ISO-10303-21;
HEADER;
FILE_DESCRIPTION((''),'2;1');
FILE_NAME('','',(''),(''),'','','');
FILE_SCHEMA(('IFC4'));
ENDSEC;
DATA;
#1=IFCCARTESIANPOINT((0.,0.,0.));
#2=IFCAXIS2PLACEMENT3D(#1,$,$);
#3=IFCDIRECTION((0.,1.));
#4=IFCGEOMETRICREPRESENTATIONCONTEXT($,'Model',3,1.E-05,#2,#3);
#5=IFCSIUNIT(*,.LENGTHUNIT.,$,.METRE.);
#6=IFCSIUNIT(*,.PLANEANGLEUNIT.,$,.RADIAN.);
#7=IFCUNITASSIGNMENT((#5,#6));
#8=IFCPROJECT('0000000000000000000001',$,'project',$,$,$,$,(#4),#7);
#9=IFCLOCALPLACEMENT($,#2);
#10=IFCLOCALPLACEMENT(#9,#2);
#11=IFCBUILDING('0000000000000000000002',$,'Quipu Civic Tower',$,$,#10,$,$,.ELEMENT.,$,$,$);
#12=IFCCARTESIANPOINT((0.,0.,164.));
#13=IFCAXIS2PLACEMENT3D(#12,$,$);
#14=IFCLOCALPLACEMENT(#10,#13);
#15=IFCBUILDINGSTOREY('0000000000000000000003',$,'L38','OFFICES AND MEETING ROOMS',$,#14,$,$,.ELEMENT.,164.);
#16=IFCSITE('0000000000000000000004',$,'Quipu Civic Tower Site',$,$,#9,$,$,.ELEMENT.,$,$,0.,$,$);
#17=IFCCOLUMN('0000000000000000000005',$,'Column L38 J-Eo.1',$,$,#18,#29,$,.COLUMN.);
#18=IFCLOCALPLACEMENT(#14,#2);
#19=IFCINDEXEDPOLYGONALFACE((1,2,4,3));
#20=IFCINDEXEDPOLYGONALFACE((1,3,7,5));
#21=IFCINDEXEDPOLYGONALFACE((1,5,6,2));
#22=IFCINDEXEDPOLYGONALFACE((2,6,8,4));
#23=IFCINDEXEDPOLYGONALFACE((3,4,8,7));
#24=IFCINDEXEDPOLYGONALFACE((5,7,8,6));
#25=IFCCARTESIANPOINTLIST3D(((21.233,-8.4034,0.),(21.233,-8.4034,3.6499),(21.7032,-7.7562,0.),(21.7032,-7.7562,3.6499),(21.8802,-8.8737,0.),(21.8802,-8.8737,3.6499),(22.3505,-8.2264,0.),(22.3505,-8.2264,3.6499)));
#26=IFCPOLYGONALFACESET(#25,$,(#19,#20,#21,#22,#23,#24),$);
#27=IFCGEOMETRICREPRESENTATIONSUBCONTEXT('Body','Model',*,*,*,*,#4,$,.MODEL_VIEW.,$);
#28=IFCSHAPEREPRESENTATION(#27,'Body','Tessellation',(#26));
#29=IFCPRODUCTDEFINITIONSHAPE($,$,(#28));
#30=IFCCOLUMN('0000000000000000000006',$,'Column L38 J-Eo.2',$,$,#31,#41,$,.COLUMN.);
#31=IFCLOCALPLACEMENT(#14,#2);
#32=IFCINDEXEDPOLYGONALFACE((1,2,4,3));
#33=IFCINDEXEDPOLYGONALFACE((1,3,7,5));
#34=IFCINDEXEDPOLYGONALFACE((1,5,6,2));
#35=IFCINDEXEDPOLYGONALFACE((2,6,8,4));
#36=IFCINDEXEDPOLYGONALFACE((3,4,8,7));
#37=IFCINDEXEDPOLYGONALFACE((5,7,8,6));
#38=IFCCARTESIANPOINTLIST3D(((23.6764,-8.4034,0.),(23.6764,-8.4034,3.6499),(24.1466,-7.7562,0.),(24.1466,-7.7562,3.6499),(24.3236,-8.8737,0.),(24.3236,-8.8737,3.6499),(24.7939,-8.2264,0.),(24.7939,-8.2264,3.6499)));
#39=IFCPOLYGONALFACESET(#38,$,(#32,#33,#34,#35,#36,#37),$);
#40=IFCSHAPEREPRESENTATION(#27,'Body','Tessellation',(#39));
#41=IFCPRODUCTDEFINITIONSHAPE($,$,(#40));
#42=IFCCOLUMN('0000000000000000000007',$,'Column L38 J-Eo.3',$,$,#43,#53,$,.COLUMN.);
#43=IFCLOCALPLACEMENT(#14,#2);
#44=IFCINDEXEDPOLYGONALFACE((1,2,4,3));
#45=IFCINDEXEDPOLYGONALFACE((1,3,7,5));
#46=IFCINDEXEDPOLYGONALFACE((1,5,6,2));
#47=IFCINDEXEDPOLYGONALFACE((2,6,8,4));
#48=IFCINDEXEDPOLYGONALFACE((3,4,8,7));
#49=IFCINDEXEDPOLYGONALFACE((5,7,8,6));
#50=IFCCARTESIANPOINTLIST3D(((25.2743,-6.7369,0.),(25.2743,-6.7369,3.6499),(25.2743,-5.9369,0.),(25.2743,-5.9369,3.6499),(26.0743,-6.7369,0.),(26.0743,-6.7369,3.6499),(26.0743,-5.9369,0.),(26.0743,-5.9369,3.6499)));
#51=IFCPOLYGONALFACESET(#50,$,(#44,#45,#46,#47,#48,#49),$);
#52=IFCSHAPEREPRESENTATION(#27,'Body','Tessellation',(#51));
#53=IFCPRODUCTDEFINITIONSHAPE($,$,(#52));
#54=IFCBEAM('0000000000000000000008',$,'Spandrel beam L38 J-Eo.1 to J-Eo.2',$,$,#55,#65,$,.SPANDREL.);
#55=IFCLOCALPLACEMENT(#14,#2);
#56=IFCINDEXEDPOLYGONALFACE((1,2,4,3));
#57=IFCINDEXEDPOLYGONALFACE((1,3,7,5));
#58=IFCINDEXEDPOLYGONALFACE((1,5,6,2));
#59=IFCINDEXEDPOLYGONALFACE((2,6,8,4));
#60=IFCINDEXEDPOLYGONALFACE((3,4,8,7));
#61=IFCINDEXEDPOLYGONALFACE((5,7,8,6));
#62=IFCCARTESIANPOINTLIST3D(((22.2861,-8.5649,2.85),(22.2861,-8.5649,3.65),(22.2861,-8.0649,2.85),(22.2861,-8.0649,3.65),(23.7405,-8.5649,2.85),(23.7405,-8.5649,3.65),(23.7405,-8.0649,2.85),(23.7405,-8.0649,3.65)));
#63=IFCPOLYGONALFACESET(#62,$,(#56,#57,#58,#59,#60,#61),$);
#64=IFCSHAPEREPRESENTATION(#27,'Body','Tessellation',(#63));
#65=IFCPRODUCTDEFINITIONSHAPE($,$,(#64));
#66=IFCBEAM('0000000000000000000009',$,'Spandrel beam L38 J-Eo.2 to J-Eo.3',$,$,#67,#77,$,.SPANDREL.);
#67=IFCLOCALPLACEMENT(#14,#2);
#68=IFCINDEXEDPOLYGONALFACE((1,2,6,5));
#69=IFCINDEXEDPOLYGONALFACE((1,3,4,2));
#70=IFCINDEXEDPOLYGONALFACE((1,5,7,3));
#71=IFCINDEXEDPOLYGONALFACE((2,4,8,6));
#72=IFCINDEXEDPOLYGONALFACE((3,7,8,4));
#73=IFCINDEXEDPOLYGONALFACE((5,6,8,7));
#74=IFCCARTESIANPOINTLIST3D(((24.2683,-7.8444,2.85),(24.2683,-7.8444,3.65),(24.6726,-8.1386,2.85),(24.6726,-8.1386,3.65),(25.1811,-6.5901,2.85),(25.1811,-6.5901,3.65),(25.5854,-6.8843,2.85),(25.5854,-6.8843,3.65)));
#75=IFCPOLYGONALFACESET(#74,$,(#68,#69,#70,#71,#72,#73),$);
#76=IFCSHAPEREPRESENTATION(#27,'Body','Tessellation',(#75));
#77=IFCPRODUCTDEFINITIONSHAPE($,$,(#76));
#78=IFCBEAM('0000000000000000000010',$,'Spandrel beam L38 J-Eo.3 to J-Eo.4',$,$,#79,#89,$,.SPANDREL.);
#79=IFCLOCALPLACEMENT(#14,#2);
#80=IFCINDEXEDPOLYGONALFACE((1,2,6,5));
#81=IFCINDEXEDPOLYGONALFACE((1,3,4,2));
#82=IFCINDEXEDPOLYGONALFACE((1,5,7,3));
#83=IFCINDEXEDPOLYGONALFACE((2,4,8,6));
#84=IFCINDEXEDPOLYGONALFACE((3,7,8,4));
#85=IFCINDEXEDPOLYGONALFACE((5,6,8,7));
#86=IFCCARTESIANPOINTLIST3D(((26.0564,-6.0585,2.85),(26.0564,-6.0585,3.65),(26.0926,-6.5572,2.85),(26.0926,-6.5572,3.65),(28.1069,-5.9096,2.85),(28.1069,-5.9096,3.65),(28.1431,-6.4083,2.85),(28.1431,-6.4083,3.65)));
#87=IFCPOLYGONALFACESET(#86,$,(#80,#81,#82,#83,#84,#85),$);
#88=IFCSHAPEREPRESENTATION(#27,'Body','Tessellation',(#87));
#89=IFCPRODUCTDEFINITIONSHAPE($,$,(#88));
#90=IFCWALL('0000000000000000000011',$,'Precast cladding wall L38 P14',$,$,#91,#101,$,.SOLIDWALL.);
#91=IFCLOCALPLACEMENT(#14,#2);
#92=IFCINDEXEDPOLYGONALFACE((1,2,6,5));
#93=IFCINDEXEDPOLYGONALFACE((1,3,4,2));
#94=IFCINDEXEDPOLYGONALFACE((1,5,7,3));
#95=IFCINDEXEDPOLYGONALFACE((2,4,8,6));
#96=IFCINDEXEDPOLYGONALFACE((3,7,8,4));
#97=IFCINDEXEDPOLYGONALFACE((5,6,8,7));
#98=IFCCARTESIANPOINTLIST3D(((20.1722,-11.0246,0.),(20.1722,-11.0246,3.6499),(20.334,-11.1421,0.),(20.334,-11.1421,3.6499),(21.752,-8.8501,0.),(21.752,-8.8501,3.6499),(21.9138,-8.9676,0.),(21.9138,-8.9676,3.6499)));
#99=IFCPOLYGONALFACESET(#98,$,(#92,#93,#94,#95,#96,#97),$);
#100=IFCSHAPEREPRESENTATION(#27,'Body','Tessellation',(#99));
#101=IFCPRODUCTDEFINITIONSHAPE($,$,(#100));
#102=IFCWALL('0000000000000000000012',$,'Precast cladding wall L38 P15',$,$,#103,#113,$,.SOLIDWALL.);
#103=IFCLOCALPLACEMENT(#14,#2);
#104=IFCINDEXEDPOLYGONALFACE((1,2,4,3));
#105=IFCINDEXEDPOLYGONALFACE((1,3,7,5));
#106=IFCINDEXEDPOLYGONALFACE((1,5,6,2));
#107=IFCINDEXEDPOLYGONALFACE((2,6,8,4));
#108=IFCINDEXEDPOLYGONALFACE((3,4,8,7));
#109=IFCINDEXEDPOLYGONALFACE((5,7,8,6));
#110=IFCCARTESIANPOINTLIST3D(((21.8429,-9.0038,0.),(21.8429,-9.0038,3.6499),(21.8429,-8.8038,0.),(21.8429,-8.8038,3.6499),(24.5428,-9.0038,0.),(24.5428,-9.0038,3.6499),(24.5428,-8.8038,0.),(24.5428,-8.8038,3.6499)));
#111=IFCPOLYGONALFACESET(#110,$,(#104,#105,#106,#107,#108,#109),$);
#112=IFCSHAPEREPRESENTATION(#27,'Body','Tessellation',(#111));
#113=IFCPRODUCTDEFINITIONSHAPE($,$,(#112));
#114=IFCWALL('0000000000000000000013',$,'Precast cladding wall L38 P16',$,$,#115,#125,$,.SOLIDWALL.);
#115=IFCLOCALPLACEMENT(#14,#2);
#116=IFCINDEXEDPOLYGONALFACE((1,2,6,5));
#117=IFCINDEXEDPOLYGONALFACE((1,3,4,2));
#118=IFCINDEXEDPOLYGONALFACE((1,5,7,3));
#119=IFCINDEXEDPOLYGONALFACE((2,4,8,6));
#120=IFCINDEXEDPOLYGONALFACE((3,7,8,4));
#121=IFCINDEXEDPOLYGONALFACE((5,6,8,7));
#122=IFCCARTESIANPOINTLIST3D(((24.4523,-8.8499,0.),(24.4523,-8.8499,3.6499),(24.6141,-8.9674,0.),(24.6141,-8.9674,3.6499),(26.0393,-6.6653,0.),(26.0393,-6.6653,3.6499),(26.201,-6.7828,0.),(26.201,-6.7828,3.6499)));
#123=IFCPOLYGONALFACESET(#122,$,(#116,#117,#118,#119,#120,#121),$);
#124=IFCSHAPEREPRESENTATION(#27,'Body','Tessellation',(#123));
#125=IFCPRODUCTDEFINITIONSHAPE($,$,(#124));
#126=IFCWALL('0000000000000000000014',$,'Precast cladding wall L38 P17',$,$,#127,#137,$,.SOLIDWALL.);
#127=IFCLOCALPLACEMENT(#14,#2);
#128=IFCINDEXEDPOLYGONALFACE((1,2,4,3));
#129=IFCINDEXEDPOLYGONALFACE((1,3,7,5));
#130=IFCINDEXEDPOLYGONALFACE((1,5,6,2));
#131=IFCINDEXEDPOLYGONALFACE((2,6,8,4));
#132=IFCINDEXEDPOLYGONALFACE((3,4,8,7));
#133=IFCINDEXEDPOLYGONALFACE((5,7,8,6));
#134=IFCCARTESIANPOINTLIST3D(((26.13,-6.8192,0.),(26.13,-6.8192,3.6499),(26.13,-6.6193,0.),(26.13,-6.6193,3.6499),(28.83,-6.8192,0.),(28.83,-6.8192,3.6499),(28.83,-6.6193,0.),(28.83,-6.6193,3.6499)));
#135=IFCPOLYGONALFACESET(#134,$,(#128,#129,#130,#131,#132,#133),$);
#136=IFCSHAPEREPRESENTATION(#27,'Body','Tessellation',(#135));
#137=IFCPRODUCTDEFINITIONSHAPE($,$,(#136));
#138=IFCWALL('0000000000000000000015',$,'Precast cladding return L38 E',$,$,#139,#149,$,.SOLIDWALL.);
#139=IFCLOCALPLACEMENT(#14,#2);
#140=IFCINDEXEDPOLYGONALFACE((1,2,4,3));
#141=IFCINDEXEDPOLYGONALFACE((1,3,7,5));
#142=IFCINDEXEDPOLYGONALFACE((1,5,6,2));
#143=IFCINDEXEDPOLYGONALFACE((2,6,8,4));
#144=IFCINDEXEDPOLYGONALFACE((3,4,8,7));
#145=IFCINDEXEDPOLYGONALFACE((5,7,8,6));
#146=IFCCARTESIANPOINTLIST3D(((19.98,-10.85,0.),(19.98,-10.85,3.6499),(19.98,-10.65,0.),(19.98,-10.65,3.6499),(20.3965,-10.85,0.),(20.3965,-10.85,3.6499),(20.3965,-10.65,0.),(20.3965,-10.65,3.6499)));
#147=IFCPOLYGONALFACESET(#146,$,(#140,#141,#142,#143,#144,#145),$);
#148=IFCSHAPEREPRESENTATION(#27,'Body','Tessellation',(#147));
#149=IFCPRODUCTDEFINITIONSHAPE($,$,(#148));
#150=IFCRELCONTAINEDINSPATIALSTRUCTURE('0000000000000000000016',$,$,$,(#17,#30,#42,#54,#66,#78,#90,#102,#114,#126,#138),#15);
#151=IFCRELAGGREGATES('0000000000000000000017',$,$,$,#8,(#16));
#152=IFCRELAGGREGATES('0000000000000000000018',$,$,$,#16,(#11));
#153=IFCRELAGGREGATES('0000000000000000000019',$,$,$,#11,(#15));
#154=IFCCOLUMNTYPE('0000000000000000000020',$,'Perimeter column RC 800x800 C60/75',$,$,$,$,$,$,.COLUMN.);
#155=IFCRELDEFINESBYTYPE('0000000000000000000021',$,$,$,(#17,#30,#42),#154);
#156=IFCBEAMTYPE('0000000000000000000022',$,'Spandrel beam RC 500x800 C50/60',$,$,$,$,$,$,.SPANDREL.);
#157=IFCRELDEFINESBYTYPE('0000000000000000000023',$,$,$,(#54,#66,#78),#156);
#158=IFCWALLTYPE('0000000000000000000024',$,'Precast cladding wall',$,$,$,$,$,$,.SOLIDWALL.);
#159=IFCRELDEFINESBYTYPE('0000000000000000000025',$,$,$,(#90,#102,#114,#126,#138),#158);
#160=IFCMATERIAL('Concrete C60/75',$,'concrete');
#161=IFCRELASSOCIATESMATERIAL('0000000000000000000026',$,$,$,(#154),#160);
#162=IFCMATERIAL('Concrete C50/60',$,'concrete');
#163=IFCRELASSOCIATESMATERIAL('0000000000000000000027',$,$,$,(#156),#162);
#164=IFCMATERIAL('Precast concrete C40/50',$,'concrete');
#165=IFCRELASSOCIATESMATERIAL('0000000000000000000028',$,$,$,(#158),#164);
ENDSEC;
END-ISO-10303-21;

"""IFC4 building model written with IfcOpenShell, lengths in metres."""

from ifc_helpers import new_model, si_unit, direction, frame, frame_2d, origin, origin_2d, place, context, subcontext, project, spatial, rectangle, extrude, material, material_profile, profile_set, type_object, element, save


model = new_model("IFC4")

# Units and contexts
model_context = context("Model", 3, precision=1e-05, world=origin(), true_north=direction((0.0, 1.0)))
body_context = subcontext(model_context, "Body", "Model", "MODEL_VIEW")
ifc_project = project(units=[si_unit("LENGTHUNIT", "METRE"), si_unit("PLANEANGLEUNIT", "RADIAN")], contexts=[model_context])

# Site, building, storey
site_placement = place(None, origin())
site = spatial("IfcSite", under=ifc_project, at=site_placement, Name="Quipu Civic Tower Site", CompositionType="ELEMENT", RefElevation=0.0)
building_placement = place(site_placement, origin())
building = spatial("IfcBuilding", under=site, at=building_placement, Name="Quipu Civic Tower", CompositionType="ELEMENT")
storey_placement = place(building_placement, frame((0.0, 0.0, 164.0)))
storey = spatial("IfcBuildingStorey", under=building, at=storey_placement, Name="L38", Description="OFFICES AND MEETING ROOMS", CompositionType="ELEMENT", Elevation=164.0)

# Columns
ifc_material_1 = material(Name="Concrete C60/75", Category="concrete")
ifc_material_profile_1 = material_profile(ifc_material_1, rectangle(XDim=0.8, YDim=0.8, at=origin_2d()), Name="RC800x800")
ifc_profile_set_1 = profile_set([ifc_material_profile_1], Name="Concrete C60/75")
column_type = type_object("IfcColumnType", Name="Perimeter column RC 800x800 C60/75", PredefinedType="COLUMN", material=ifc_profile_set_1)
for number, where, z_axis, x_axis, name in (
    (1, (21.7917, -8.3149, 0.0), (0.0, 0.0, 1.0), (0.587785, 0.809017, 0.0), "Column L38 J-Eo.1"),
    (2, (24.2351, -8.3149, 0.0), (0.0, 0.0, 1.0), (0.587785, 0.809017, 0.0), "Column L38 J-Eo.2"),
    (3, (25.6743, -6.3369, 0.0), (0.0, 0.0, 1.0), (1.0, 0.0, 0.0), "Column L38 J-Eo.3"),
):
    element("IfcColumn", number, at=place(storey_placement, frame(where, z_axis=z_axis, x_axis=x_axis)), inside=storey, type_object=column_type, Name=name, PredefinedType="COLUMN", context=body_context, shape_type="SweptSolid", body=[
        extrude(rectangle(XDim=0.8, YDim=0.8, at=origin_2d()), origin(), (0.0, 0.0, 1.0), 3.6499),
    ])

# Beams
ifc_material_2 = material(Name="Concrete C50/60", Category="concrete")
ifc_material_profile_2 = material_profile(ifc_material_2, rectangle(XDim=0.5, YDim=0.8, at=origin_2d()), Name="RC500x800")
ifc_profile_set_2 = profile_set([ifc_material_profile_2], Name="Concrete C50/60")
beam_type = type_object("IfcBeamType", Name="Spandrel beam RC 500x800 C50/60", PredefinedType="SPANDREL", material=ifc_profile_set_2)
beam_1_placement = place(storey_placement, frame((22.2861, -8.3149, 3.25), z_axis=(1.0, 0.0, 0.0), x_axis=(0.0, 1.0, 0.0)))
element("IfcBeam", 4, at=beam_1_placement, inside=storey, type_object=beam_type, Name="Spandrel beam L38 J-Eo.1 to J-Eo.2", PredefinedType="SPANDREL", context=body_context, shape_type="SweptSolid", body=[
    extrude(rectangle(XDim=0.5, YDim=0.8, at=origin_2d()), origin(), (0.0, 0.0, 1.0), 1.4543),
])
beam_2_placement = place(storey_placement, frame((24.4705, -7.9915, 3.25), z_axis=(0.588406, 0.808566, 0.0), x_axis=(-0.808566, 0.588406, 0.0)))
element("IfcBeam", 5, at=beam_2_placement, inside=storey, type_object=beam_type, Name="Spandrel beam L38 J-Eo.2 to J-Eo.3", PredefinedType="SPANDREL", context=body_context, shape_type="SweptSolid", body=[
    extrude(rectangle(XDim=0.5, YDim=0.8, at=origin_2d()), origin(), (0.0, 0.0, 1.0), 1.5513),
])
beam_3_placement = place(storey_placement, frame((26.0745, -6.3079, 3.25), z_axis=(0.997373, 0.072437, 0.0), x_axis=(-0.072437, 0.997373, 0.0)))
element("IfcBeam", 6, at=beam_3_placement, inside=storey, type_object=beam_type, Name="Spandrel beam L38 J-Eo.3 to J-Eo.4", PredefinedType="SPANDREL", context=body_context, shape_type="SweptSolid", body=[
    extrude(rectangle(XDim=0.5, YDim=0.8, at=origin_2d()), origin(), (0.0, 0.0, 1.0), 2.0559),
])

# Walls
ifc_material_3 = material(Name="Precast concrete C40/50", Category="concrete")
wall_type_1 = type_object("IfcWallType", Name="Precast cladding wall", PredefinedType="SOLIDWALL", material=ifc_material_3)
wall_1_placement = place(storey_placement, frame((20.2532, -11.0833, 0.0), z_axis=(0.0, 0.0, 1.0), x_axis=(0.587767, 0.809031, 0.0)))
element("IfcWall", 7, at=wall_1_placement, inside=storey, type_object=wall_type_1, Name="Precast cladding wall L38 P14", PredefinedType="SOLIDWALL", context=body_context, shape_type="SweptSolid", body=[
    extrude(rectangle(XDim=2.6877, YDim=0.2, at=frame_2d((1.3438, 0.0))), origin(), (0.0, 0.0, 1.0), 3.6499),
])
wall_2_placement = place(storey_placement, frame((21.8428, -8.9038, 0.0), z_axis=(0.0, 0.0, 1.0), x_axis=(1.0, 0.0, 0.0)))
element("IfcWall", 8, at=wall_2_placement, inside=storey, type_object=wall_type_1, Name="Precast cladding wall L38 P15", PredefinedType="SOLIDWALL", context=body_context, shape_type="SweptSolid", body=[
    extrude(rectangle(XDim=2.7, YDim=0.2, at=frame_2d((1.3501, 0.0))), origin(), (0.0, 0.0, 1.0), 3.6499),
])
wall_3_placement = place(storey_placement, frame((24.5332, -8.9087, 0.0), z_axis=(0.0, 0.0, 1.0), x_axis=(0.58772, 0.809064, 0.0)))
element("IfcWall", 9, at=wall_3_placement, inside=storey, type_object=wall_type_1, Name="Precast cladding wall L38 P16", PredefinedType="SOLIDWALL", context=body_context, shape_type="SweptSolid", body=[
    extrude(rectangle(XDim=2.7002, YDim=0.2, at=frame_2d((1.3501, 0.0))), origin(), (0.0, 0.0, 1.0), 3.6499),
])
wall_4_placement = place(storey_placement, frame((26.1299, -6.7192, 0.0), z_axis=(0.0, 0.0, 1.0), x_axis=(1.0, 0.0, 0.0)))
element("IfcWall", 10, at=wall_4_placement, inside=storey, type_object=wall_type_1, Name="Precast cladding wall L38 P17", PredefinedType="SOLIDWALL", context=body_context, shape_type="SweptSolid", body=[
    extrude(rectangle(XDim=2.7, YDim=0.2, at=frame_2d((1.3501, 0.0))), origin(), (0.0, 0.0, 1.0), 3.6499),
])
wall_5_placement = place(storey_placement, frame((19.98, -10.75, 0.0), z_axis=(0.0, 0.0, 1.0), x_axis=(1.0, 0.0, 0.0)))
element("IfcWall", 11, at=wall_5_placement, inside=storey, type_object=wall_type_1, Name="Precast cladding return L38 E", PredefinedType="SOLIDWALL", context=body_context, shape_type="SweptSolid", body=[
    extrude(rectangle(XDim=0.4165, YDim=0.2, at=frame_2d((0.2083, 0.0))), origin(), (0.0, 0.0, 1.0), 3.6499),
])

save(model, "model.ifc")
